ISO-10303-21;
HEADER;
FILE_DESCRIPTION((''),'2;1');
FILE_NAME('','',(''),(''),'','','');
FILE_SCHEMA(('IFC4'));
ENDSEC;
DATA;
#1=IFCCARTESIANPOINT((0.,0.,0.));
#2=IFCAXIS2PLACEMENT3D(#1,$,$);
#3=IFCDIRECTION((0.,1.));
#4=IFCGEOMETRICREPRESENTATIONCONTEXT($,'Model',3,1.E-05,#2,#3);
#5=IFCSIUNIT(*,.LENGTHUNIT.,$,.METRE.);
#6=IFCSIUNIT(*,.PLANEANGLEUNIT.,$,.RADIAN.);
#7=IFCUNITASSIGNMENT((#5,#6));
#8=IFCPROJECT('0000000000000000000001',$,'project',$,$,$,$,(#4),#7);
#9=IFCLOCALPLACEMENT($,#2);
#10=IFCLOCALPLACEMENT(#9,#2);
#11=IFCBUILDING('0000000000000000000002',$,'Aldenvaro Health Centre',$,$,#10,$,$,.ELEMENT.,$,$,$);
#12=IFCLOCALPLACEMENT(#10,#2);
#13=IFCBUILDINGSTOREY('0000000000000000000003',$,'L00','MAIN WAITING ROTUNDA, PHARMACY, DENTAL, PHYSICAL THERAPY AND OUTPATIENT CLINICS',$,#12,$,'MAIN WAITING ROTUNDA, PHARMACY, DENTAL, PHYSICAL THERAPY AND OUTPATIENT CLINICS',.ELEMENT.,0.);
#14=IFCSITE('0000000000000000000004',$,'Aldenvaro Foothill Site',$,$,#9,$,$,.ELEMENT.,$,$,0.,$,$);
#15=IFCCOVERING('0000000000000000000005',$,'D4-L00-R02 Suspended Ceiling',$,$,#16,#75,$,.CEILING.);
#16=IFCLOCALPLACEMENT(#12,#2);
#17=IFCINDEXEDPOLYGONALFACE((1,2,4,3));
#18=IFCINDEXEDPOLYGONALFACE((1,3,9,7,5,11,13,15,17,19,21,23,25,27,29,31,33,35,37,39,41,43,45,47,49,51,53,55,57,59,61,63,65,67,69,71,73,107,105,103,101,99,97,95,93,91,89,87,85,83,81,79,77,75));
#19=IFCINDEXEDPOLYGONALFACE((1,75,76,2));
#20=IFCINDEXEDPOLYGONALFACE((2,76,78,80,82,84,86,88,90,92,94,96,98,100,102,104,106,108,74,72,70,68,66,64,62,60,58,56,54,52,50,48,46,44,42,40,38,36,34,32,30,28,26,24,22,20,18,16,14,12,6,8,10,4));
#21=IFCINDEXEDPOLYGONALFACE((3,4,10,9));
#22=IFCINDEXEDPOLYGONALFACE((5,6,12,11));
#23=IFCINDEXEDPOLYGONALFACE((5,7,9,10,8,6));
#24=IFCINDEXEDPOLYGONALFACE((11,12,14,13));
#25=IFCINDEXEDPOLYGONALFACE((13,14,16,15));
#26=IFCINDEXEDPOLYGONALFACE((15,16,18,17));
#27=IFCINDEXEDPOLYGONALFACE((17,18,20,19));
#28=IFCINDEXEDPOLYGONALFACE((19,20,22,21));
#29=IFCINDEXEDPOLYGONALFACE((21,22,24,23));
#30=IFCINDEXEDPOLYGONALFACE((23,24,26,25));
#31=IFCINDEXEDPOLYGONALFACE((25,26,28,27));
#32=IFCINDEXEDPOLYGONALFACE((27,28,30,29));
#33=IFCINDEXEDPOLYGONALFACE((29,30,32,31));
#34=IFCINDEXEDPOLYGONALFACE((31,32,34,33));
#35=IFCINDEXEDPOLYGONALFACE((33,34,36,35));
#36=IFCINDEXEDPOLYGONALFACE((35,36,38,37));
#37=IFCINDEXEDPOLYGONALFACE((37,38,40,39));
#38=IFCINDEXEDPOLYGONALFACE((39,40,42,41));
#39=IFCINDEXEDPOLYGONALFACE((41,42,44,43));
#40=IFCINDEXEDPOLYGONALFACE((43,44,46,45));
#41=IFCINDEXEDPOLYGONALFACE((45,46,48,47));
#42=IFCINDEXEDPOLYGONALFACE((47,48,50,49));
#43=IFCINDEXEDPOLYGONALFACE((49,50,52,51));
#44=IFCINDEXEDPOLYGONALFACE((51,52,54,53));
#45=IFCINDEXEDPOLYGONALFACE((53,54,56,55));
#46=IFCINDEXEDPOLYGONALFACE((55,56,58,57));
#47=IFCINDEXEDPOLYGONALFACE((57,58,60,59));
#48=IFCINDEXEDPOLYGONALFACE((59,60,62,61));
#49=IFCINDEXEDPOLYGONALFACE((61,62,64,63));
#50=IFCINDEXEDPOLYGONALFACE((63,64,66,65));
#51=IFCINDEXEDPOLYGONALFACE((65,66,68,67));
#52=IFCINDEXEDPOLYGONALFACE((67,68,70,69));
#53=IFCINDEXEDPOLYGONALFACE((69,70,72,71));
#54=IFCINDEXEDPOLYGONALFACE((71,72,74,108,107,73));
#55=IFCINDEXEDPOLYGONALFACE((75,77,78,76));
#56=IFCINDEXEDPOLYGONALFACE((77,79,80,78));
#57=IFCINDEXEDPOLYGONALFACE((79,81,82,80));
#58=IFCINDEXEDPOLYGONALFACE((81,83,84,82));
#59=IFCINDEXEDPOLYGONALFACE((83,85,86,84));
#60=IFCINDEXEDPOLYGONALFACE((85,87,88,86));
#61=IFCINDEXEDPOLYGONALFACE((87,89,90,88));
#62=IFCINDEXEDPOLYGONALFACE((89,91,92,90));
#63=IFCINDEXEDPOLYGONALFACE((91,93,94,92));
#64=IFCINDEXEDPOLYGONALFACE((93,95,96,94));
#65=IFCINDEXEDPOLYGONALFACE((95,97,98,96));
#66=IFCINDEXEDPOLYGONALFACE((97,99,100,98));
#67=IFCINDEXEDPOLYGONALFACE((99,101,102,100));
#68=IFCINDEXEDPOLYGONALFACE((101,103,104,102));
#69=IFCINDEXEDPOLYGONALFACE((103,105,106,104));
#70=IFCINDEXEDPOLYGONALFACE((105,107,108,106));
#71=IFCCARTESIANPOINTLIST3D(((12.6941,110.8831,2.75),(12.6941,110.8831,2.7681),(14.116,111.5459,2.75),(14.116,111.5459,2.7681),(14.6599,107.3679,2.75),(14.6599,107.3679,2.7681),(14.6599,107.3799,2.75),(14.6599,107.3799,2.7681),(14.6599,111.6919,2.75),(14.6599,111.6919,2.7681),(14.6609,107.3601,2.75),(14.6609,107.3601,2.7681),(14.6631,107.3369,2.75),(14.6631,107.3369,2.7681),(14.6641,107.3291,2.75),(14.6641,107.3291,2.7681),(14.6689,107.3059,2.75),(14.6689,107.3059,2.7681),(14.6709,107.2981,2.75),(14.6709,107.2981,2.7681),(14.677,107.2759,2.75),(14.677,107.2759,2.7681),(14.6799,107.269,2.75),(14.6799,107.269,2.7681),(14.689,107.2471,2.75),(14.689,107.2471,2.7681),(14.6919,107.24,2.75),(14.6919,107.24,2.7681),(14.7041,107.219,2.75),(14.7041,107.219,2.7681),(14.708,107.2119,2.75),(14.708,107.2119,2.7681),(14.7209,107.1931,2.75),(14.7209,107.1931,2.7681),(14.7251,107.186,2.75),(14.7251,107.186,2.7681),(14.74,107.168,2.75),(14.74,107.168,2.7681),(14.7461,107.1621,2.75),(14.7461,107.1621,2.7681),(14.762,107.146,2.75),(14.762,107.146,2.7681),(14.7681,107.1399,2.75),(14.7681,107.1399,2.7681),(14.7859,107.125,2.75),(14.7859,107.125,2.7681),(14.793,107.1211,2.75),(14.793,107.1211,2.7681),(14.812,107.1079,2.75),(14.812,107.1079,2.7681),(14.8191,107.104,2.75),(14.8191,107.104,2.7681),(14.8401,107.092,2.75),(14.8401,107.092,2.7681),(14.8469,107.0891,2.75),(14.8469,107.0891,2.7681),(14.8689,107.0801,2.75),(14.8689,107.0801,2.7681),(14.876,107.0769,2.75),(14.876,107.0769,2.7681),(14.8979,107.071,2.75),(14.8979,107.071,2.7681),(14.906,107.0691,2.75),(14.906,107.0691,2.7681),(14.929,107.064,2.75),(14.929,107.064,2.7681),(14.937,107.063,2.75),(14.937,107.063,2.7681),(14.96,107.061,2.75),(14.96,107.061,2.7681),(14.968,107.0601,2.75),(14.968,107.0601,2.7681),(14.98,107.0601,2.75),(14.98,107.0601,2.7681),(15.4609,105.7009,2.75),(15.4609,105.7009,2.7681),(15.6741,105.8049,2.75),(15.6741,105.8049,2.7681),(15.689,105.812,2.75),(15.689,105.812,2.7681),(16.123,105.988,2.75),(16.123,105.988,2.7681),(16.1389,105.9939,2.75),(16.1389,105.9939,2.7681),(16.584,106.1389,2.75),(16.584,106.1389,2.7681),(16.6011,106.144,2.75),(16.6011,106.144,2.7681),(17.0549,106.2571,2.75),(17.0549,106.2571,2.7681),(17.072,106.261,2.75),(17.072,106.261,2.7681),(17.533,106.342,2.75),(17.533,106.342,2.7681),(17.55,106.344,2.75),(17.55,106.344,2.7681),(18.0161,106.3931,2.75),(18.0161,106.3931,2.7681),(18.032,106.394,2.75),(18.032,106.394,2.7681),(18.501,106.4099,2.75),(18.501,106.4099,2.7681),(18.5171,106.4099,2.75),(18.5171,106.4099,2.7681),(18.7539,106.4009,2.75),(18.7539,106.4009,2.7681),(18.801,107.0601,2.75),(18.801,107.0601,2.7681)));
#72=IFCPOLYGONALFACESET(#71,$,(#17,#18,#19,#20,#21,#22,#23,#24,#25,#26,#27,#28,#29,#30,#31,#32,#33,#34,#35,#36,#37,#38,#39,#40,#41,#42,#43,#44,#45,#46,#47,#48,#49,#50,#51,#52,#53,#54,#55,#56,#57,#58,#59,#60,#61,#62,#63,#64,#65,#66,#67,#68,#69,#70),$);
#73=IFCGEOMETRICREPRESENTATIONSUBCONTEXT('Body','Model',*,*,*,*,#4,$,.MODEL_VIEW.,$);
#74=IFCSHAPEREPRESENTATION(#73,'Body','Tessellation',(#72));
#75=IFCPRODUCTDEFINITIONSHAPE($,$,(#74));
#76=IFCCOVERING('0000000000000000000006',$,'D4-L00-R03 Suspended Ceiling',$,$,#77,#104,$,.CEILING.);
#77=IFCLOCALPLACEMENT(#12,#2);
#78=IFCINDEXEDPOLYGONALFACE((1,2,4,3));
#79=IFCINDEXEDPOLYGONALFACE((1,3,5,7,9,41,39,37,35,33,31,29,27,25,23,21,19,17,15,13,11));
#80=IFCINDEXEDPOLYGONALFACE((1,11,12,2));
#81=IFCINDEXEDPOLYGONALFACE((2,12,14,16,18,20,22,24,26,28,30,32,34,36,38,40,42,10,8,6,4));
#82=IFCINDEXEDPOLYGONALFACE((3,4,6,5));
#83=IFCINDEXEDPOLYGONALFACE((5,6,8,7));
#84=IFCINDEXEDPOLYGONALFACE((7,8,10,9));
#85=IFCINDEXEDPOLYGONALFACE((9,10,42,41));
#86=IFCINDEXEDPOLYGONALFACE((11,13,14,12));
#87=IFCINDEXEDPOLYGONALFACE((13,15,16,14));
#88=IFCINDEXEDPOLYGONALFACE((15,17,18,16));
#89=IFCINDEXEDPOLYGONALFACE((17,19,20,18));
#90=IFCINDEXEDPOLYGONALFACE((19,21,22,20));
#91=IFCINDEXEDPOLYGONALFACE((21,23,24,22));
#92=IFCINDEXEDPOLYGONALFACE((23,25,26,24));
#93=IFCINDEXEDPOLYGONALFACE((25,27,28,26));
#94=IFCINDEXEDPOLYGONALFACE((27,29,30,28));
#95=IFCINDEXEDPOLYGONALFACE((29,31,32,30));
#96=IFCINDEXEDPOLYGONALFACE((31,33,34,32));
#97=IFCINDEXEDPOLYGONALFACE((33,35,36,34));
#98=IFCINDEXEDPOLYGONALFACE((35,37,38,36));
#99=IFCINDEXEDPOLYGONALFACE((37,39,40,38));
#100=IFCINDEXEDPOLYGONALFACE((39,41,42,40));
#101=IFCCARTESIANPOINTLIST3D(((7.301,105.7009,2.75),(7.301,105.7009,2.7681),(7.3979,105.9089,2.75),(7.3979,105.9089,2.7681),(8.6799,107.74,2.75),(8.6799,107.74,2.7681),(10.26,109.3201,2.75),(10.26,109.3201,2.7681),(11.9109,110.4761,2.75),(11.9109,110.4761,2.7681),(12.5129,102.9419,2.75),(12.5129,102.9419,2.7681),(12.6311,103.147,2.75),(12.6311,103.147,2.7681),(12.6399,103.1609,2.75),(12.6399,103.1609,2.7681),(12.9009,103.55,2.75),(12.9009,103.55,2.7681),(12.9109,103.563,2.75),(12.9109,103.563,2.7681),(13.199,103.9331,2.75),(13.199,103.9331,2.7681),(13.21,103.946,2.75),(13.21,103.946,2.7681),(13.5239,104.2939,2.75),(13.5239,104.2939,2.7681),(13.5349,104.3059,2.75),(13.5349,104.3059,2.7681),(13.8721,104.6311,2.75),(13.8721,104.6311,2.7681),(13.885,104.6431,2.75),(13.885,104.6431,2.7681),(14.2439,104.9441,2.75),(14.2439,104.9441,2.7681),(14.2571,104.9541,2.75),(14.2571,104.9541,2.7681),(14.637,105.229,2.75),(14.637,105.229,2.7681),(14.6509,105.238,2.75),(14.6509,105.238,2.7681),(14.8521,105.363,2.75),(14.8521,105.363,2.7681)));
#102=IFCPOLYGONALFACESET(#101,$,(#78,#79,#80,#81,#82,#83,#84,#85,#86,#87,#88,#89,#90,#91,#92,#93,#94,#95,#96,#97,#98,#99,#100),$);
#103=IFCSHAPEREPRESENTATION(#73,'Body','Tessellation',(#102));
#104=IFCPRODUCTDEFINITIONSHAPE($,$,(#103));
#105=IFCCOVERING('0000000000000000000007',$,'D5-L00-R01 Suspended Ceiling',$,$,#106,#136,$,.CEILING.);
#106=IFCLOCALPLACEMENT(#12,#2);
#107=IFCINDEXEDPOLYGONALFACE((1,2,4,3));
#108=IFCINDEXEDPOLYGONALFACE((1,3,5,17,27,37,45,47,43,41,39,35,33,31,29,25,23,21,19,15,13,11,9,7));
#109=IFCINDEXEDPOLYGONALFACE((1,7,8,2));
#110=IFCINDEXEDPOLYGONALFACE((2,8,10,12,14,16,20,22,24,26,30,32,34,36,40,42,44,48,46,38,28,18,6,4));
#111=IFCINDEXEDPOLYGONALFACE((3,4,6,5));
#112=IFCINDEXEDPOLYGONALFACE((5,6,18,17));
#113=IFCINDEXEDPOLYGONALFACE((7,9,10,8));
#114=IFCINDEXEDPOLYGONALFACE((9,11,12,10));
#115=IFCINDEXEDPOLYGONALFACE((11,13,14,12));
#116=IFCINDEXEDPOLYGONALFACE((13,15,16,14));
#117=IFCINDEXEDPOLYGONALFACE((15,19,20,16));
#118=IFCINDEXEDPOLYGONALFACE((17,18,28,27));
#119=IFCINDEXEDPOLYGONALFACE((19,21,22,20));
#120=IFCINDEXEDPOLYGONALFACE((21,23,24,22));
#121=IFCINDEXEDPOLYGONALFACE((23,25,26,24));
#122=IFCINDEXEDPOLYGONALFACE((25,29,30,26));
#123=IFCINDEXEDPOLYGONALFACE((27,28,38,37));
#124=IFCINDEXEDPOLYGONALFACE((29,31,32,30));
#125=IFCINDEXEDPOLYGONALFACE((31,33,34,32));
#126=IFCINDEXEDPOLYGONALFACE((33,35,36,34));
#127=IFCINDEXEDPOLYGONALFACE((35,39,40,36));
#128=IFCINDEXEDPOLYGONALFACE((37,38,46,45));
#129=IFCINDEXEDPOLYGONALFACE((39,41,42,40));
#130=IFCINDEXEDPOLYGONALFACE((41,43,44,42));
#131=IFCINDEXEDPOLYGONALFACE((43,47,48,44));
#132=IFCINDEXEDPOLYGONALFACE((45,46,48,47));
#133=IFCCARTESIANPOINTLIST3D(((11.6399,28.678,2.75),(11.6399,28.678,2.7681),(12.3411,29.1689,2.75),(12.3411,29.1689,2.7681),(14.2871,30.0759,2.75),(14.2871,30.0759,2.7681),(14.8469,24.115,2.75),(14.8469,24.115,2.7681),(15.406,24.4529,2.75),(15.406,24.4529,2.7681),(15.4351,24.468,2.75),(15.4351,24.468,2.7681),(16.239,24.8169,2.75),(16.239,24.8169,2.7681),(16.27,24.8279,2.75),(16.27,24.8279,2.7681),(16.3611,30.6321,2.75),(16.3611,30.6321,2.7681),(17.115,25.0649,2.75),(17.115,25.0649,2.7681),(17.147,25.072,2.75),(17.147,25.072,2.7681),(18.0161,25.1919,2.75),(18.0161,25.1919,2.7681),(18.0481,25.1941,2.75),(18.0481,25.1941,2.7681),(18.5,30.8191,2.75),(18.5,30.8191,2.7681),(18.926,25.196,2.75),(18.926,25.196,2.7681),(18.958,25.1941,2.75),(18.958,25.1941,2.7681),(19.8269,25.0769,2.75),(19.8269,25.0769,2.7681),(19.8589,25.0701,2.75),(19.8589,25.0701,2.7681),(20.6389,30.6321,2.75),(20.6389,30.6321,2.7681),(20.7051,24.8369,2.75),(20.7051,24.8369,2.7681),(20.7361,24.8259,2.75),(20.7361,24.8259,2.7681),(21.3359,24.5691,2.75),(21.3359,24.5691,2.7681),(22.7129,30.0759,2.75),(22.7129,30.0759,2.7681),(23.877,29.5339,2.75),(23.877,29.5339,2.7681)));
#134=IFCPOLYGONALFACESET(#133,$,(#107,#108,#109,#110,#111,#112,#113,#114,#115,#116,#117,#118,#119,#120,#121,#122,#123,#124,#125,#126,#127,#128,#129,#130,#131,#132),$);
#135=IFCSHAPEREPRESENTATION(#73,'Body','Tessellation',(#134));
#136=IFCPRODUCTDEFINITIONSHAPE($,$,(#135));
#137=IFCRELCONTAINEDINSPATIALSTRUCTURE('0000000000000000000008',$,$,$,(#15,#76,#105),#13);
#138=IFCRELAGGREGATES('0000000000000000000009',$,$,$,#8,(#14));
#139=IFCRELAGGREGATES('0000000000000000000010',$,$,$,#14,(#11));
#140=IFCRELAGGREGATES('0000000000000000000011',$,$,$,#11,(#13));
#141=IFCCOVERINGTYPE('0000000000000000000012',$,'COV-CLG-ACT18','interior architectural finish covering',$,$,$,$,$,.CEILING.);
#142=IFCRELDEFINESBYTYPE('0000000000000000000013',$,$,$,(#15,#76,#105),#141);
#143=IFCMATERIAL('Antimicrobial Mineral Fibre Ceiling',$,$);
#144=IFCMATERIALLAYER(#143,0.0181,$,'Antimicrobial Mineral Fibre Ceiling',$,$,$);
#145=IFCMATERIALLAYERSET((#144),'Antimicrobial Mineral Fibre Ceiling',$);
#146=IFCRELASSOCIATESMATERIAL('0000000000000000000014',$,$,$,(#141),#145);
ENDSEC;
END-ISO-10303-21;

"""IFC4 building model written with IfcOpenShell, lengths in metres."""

from ifc_helpers import new_model, si_unit, direction, frame, origin, place, context, subcontext, project, spatial, polyline, outline, extrude, material, layer, layer_set, type_object, element, save


model = new_model("IFC4")

# Units and contexts
model_context = context("Model", 3, precision=1e-05, world=origin(), true_north=direction((0.0, 1.0)))
body_context = subcontext(model_context, "Body", "Model", "MODEL_VIEW")
ifc_project = project(units=[si_unit("LENGTHUNIT", "METRE"), si_unit("PLANEANGLEUNIT", "RADIAN")], contexts=[model_context])

# Site, building, storey
site_placement = place(None, origin())
site = spatial("IfcSite", under=ifc_project, at=site_placement, Name="Aldenvaro Foothill Site", CompositionType="ELEMENT", RefElevation=0.0)
building_placement = place(site_placement, origin())
building = spatial("IfcBuilding", under=site, at=building_placement, Name="Aldenvaro Health Centre", CompositionType="ELEMENT")
storey_placement = place(building_placement, origin())
storey = spatial("IfcBuildingStorey", under=building, at=storey_placement, Name="L00", Description="MAIN WAITING ROTUNDA, PHARMACY, DENTAL, PHYSICAL THERAPY AND OUTPATIENT CLINICS", LongName="MAIN WAITING ROTUNDA, PHARMACY, DENTAL, PHYSICAL THERAPY AND OUTPATIENT CLINICS", CompositionType="ELEMENT", Elevation=0.0)

# Coverings
ifc_material_1 = material(Name="Antimicrobial Mineral Fibre Ceiling")
ifc_layer_1 = layer(ifc_material_1, 0.0181, Name="Antimicrobial Mineral Fibre Ceiling")
ifc_layer_set_1 = layer_set([ifc_layer_1], Name="Antimicrobial Mineral Fibre Ceiling")
covering_type_1 = type_object("IfcCoveringType", Name="COV-CLG-ACT18", Description="interior architectural finish covering", PredefinedType="CEILING", material=ifc_layer_set_1)
covering_1_placement = place(storey_placement, frame((0.0, 0.0, 2.75)))
element("IfcCovering", 1, at=covering_1_placement, inside=storey, type_object=covering_type_1, Name="D4-L00-R02 Suspended Ceiling", PredefinedType="CEILING", context=body_context, shape_type="SweptSolid", body=[
    extrude(outline(polyline([(18.5171, 106.4099), (18.501, 106.4099), (18.032, 106.394), (18.0161, 106.3931), (17.55, 106.344), (17.533, 106.342), (17.072, 106.261), (17.0549, 106.2571), (16.6011, 106.144), (16.584, 106.1389), (16.1389, 105.9939), (16.123, 105.988), (15.689, 105.812), (15.6741, 105.8049), (15.4609, 105.7009), (12.6941, 110.8831), (14.116, 111.5459), (14.6599, 111.6919), (14.6599, 107.3799), (14.6599, 107.3679), (14.6609, 107.3601), (14.6631, 107.3369), (14.6641, 107.3291), (14.6689, 107.3059), (14.6709, 107.2981), (14.677, 107.2759), (14.6799, 107.269), (14.689, 107.2471), (14.6919, 107.24), (14.7041, 107.219), (14.708, 107.2119), (14.7209, 107.1931), (14.7251, 107.186), (14.74, 107.168), (14.7461, 107.1621), (14.762, 107.146), (14.7681, 107.1399), (14.7859, 107.125), (14.793, 107.1211), (14.812, 107.1079), (14.8191, 107.104), (14.8401, 107.092), (14.8469, 107.0891), (14.8689, 107.0801), (14.876, 107.0769), (14.8979, 107.071), (14.906, 107.0691), (14.929, 107.064), (14.937, 107.063), (14.96, 107.061), (14.968, 107.0601), (14.98, 107.0601), (18.801, 107.0601), (18.7539, 106.4009), (18.5171, 106.4099)])), origin(), (0.0, 0.0, 1.0), 0.0181),
])
covering_2_placement = place(storey_placement, frame((0.0, 0.0, 2.75)))
element("IfcCovering", 2, at=covering_2_placement, inside=storey, type_object=covering_type_1, Name="D4-L00-R03 Suspended Ceiling", PredefinedType="CEILING", context=body_context, shape_type="SweptSolid", body=[
    extrude(outline(polyline([(11.9109, 110.4761), (14.8521, 105.363), (14.6509, 105.238), (14.637, 105.229), (14.2571, 104.9541), (14.2439, 104.9441), (13.885, 104.6431), (13.8721, 104.6311), (13.5349, 104.3059), (13.5239, 104.2939), (13.21, 103.946), (13.199, 103.9331), (12.9109, 103.563), (12.9009, 103.55), (12.6399, 103.1609), (12.6311, 103.147), (12.5129, 102.9419), (7.301, 105.7009), (7.3979, 105.9089), (8.6799, 107.74), (10.26, 109.3201), (11.9109, 110.4761)])), origin(), (0.0, 0.0, 1.0), 0.0181),
])
covering_3_placement = place(storey_placement, frame((0.0, 0.0, 2.75)))
element("IfcCovering", 3, at=covering_3_placement, inside=storey, type_object=covering_type_1, Name="D5-L00-R01 Suspended Ceiling", PredefinedType="CEILING", context=body_context, shape_type="SweptSolid", body=[
    extrude(outline(polyline([(20.7361, 24.8259), (20.7051, 24.8369), (19.8589, 25.0701), (19.8269, 25.0769), (18.958, 25.1941), (18.926, 25.196), (18.0481, 25.1941), (18.0161, 25.1919), (17.147, 25.072), (17.115, 25.0649), (16.27, 24.8279), (16.239, 24.8169), (15.4351, 24.468), (15.406, 24.4529), (14.8469, 24.115), (11.6399, 28.678), (12.3411, 29.1689), (14.2871, 30.0759), (16.3611, 30.6321), (18.5, 30.8191), (20.6389, 30.6321), (22.7129, 30.0759), (23.877, 29.5339), (21.3359, 24.5691), (20.7361, 24.8259)])), origin(), (0.0, 0.0, 1.0), 0.0181),
])

save(model, "model.ifc")
